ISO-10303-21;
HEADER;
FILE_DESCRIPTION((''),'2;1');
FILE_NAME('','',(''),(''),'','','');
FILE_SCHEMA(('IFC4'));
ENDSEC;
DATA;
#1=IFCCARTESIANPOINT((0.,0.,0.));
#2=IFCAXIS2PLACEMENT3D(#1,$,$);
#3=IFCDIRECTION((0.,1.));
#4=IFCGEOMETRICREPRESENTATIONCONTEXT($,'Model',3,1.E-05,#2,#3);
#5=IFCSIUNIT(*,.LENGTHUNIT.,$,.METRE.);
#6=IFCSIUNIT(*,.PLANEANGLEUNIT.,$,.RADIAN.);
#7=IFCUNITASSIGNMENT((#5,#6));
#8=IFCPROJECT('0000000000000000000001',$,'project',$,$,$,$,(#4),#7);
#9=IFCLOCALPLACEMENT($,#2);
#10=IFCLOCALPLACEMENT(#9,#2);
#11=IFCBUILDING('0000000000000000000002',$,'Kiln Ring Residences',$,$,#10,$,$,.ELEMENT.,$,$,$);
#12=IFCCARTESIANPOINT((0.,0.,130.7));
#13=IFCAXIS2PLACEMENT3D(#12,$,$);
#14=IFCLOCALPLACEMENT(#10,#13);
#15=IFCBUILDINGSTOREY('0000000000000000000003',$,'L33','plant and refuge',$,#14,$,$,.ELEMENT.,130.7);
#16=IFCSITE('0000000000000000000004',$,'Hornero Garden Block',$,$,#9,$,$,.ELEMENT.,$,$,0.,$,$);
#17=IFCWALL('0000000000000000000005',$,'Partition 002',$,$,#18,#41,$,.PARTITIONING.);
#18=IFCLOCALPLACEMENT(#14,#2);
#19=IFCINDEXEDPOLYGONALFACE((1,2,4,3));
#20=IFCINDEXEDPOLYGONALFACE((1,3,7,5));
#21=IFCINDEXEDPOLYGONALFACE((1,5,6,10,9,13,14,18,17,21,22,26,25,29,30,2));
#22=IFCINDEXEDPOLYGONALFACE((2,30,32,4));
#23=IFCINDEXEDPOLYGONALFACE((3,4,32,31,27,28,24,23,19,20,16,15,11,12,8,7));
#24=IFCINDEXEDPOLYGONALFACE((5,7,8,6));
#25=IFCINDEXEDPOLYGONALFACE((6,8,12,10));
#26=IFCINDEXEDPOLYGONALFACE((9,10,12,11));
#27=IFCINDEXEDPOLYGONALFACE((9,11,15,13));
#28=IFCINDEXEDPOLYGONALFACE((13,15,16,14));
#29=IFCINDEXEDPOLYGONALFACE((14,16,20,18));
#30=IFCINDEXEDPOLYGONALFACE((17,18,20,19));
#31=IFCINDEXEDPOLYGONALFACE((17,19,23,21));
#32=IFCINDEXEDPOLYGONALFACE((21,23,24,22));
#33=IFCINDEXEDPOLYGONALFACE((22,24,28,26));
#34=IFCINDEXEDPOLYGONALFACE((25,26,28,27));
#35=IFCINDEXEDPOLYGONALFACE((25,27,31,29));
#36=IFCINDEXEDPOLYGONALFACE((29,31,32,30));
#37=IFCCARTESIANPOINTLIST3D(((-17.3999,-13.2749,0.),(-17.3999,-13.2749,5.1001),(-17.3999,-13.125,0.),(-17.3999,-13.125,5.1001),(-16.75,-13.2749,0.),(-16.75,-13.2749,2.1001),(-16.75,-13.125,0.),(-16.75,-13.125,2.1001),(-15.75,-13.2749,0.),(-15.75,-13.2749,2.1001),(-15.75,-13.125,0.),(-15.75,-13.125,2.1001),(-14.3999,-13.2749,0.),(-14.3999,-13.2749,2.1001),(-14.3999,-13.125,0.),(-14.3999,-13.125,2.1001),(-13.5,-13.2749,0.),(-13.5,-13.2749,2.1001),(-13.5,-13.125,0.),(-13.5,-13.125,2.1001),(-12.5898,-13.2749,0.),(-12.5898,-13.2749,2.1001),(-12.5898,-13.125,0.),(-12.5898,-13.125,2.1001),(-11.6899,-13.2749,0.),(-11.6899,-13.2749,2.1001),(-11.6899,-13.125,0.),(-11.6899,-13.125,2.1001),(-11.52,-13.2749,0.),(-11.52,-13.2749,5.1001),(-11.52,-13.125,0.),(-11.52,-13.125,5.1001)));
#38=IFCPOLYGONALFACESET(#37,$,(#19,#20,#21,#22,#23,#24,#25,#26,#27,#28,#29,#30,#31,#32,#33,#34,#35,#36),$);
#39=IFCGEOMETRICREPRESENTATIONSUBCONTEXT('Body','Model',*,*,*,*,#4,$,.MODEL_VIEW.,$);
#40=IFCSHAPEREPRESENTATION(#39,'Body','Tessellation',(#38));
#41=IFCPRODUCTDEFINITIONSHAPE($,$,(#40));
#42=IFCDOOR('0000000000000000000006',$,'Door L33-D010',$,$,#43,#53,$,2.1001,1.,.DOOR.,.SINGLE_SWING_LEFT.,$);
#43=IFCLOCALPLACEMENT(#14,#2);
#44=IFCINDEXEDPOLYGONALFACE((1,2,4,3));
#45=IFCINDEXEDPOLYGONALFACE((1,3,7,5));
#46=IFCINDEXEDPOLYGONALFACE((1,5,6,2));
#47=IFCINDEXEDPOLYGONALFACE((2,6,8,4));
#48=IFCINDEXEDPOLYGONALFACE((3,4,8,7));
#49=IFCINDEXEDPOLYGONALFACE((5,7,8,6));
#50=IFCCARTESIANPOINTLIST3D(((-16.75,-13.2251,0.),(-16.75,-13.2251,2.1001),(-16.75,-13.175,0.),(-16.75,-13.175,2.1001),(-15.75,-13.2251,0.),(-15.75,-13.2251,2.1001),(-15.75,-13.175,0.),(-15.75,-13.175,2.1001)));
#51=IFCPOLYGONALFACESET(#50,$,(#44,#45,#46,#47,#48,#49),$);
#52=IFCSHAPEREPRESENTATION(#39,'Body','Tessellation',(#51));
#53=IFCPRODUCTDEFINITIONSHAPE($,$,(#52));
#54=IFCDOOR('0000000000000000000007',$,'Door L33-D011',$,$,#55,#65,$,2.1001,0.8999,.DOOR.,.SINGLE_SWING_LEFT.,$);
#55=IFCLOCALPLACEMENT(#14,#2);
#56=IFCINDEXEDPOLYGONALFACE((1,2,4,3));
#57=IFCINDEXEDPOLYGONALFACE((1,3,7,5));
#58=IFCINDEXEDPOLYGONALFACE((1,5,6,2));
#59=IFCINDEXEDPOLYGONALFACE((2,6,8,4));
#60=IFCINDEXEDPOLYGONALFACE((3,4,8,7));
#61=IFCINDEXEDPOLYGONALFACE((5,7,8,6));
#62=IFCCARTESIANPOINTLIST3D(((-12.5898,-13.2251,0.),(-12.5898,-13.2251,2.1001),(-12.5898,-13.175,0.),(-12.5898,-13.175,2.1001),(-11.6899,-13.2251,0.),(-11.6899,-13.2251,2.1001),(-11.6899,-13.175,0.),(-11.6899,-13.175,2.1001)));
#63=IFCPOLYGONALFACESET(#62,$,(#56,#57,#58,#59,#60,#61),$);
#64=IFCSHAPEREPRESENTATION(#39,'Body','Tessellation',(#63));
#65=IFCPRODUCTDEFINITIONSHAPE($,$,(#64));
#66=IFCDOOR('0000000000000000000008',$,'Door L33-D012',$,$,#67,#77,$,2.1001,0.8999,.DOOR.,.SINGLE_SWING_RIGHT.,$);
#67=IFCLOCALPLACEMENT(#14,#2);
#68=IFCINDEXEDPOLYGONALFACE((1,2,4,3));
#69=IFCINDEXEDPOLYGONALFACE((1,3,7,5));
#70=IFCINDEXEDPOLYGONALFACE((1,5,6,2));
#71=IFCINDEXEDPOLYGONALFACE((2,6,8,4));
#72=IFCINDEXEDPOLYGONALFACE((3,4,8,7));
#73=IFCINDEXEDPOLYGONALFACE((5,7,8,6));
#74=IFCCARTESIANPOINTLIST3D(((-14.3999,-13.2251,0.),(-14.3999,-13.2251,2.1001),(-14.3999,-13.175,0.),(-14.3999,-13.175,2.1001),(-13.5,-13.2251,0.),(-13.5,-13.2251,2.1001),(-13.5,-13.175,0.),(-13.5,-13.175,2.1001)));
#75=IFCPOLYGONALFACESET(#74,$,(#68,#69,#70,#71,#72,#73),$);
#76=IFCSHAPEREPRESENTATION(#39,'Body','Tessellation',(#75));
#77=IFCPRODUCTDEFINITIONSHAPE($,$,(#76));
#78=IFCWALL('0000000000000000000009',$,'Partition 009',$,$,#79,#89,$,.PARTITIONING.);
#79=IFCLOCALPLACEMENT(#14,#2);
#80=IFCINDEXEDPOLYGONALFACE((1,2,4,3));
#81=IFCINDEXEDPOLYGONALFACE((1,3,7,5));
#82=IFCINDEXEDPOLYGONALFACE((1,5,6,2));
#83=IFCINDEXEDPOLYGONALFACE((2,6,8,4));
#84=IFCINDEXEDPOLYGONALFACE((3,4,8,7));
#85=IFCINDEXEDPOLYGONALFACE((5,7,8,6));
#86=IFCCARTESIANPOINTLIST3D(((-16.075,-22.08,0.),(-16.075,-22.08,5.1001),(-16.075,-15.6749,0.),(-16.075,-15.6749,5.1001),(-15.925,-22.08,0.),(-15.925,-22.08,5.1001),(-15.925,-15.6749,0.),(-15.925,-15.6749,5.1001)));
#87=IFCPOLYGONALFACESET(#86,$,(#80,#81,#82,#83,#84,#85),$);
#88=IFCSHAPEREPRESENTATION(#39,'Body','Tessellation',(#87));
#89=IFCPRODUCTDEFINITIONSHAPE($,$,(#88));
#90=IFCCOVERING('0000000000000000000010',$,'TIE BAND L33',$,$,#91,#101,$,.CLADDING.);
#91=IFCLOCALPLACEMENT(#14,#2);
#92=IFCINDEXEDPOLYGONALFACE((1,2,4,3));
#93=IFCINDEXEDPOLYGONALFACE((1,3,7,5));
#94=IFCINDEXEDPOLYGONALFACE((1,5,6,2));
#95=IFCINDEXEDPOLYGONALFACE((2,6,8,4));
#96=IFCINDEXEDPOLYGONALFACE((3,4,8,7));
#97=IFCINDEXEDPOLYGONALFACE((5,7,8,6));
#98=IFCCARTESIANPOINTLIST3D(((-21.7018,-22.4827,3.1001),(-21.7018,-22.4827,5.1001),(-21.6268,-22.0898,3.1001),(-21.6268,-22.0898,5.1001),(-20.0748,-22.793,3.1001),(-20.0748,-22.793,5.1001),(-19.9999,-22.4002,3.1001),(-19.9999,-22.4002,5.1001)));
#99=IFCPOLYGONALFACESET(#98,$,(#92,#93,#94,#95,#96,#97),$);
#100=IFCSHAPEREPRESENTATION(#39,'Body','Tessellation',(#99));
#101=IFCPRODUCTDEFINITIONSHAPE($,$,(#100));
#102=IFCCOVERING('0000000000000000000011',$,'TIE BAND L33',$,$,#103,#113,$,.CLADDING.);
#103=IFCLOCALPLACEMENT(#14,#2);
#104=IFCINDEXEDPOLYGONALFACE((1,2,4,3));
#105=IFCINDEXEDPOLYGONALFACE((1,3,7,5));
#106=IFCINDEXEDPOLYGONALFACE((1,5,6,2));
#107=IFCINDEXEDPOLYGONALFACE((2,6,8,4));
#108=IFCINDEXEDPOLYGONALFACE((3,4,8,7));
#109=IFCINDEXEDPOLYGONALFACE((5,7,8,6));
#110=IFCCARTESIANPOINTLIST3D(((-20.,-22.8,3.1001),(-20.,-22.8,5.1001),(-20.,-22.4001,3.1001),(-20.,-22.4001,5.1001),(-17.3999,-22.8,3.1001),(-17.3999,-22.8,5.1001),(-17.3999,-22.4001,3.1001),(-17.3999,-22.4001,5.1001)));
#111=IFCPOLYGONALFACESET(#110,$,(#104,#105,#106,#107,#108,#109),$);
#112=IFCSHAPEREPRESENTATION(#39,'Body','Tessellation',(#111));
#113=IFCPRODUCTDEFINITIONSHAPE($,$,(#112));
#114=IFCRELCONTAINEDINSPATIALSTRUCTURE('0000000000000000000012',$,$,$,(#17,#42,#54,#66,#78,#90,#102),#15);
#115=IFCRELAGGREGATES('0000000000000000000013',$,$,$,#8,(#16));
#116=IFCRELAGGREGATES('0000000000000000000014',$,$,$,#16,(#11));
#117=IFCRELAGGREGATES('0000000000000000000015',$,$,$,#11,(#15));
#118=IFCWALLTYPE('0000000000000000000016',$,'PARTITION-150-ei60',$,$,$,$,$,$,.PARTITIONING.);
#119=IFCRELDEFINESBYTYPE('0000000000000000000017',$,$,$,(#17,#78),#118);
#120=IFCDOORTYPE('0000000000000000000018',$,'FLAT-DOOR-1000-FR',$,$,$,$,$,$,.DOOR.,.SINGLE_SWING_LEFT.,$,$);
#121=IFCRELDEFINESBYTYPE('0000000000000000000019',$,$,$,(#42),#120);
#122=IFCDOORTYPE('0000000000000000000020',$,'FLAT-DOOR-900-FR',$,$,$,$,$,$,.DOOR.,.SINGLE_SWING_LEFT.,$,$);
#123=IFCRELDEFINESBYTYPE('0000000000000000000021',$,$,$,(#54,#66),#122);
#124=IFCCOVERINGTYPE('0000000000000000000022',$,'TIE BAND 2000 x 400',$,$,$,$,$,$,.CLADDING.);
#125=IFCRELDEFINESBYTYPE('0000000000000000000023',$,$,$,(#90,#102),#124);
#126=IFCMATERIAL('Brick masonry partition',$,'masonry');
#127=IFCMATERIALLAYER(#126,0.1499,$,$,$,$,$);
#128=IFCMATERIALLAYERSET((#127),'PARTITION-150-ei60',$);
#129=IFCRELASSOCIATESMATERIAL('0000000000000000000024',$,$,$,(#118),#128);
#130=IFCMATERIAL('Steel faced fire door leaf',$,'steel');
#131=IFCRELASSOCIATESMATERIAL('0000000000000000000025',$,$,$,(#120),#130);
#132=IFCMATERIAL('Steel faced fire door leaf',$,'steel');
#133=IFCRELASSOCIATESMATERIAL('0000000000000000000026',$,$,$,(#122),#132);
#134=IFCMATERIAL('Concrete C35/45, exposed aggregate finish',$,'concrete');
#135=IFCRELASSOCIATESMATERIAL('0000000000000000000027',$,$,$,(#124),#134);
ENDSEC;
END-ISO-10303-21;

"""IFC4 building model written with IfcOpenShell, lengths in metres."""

from ifc_helpers import new_model, si_unit, direction, frame, frame_2d, origin, origin_2d, place, context, subcontext, project, spatial, rectangle, extrude, material, layer, layer_set, type_object, element, fill, save


model = new_model("IFC4")

# Units and contexts
model_context = context("Model", 3, precision=1e-05, world=origin(), true_north=direction((0.0, 1.0)))
body_context = subcontext(model_context, "Body", "Model", "MODEL_VIEW")
ifc_project = project(units=[si_unit("LENGTHUNIT", "METRE"), si_unit("PLANEANGLEUNIT", "RADIAN")], contexts=[model_context])

# Site, building, storey
site_placement = place(None, origin())
site = spatial("IfcSite", under=ifc_project, at=site_placement, Name="Hornero Garden Block", CompositionType="ELEMENT", RefElevation=0.0)
building_placement = place(site_placement, origin())
building = spatial("IfcBuilding", under=site, at=building_placement, Name="Kiln Ring Residences", CompositionType="ELEMENT")
storey_placement = place(building_placement, frame((0.0, 0.0, 130.7)))
storey = spatial("IfcBuildingStorey", under=building, at=storey_placement, Name="L33", Description="plant and refuge", CompositionType="ELEMENT", Elevation=130.7)

# Wall, openings, doors
ifc_material_1 = material(Name="Brick masonry partition", Category="masonry")
ifc_layer_1 = layer(ifc_material_1, 0.1499)
ifc_layer_set_1 = layer_set([ifc_layer_1], Name="PARTITION-150-ei60")
wall_type_1 = type_object("IfcWallType", Name="PARTITION-150-ei60", PredefinedType="PARTITIONING", material=ifc_layer_set_1)
wall_1_placement = place(storey_placement, frame((-17.3999, -13.2, 0.0), z_axis=(0.0, 0.0, 1.0), x_axis=(1.0, 0.0, 0.0)))
wall_1 = element("IfcWall", 1, at=wall_1_placement, inside=storey, type_object=wall_type_1, Name="Partition 002", PredefinedType="PARTITIONING", context=body_context, shape_type="SweptSolid", body=[
    extrude(rectangle(XDim=5.8799, YDim=0.1499, at=frame_2d((2.9399, 0.0))), origin(), (0.0, 0.0, 1.0), 5.1001),
])
opening_1_placement = place(wall_1_placement, frame((0.6499, 0.0, 0.0)))
opening_1 = element("IfcOpeningElement", 2, at=opening_1_placement, cuts=wall_1, PredefinedType="OPENING", context=body_context, shape_type="SweptSolid", body=[
    extrude(rectangle(XDim=1.0, YDim=2.1001, at=frame_2d((0.5, 1.05))), frame((0.0, 0.085, 0.0), z_axis=(0.0, -1.0, 0.0), x_axis=(1.0, 0.0, 0.0)), (0.0, 0.0, 1.0), 0.1699),
])
opening_2_placement = place(wall_1_placement, frame((4.8101, 0.0, 0.0)))
opening_2 = element("IfcOpeningElement", 3, at=opening_2_placement, cuts=wall_1, PredefinedType="OPENING", context=body_context, shape_type="SweptSolid", body=[
    extrude(rectangle(XDim=0.8999, YDim=2.1001, at=frame_2d((0.45, 1.05))), frame((0.0, 0.085, 0.0), z_axis=(0.0, -1.0, 0.0), x_axis=(1.0, 0.0, 0.0)), (0.0, 0.0, 1.0), 0.1699),
])
opening_3_placement = place(wall_1_placement, frame((3.0, 0.0, 0.0)))
opening_3 = element("IfcOpeningElement", 4, at=opening_3_placement, cuts=wall_1, PredefinedType="OPENING", context=body_context, shape_type="SweptSolid", body=[
    extrude(rectangle(XDim=0.8999, YDim=2.1001, at=frame_2d((0.45, 1.05))), frame((0.0, 0.085, 0.0), z_axis=(0.0, -1.0, 0.0), x_axis=(1.0, 0.0, 0.0)), (0.0, 0.0, 1.0), 0.1699),
])
ifc_material_2 = material(Name="Steel faced fire door leaf", Category="steel")
door_type_1 = type_object("IfcDoorType", Name="FLAT-DOOR-1000-FR", OperationType="SINGLE_SWING_LEFT", PredefinedType="DOOR", material=ifc_material_2)
door_1_placement = place(opening_1_placement, origin())
door_1 = element("IfcDoor", 5, at=door_1_placement, inside=storey, type_object=door_type_1, Name="Door L33-D010", OperationType="SINGLE_SWING_LEFT", OverallHeight=2.1001, OverallWidth=1.0, PredefinedType="DOOR", context=body_context, shape_type="SweptSolid", body=[
    extrude(rectangle(XDim=1.0, YDim=2.1001, at=frame_2d((0.5, 1.05))), frame((0.0, 0.0249, 0.0), z_axis=(0.0, -1.0, 0.0), x_axis=(1.0, 0.0, 0.0)), (0.0, 0.0, 1.0), 0.05),
])
fill(opening_1, door_1)
ifc_material_3 = material(Name="Steel faced fire door leaf", Category="steel")
door_type_2 = type_object("IfcDoorType", Name="FLAT-DOOR-900-FR", OperationType="SINGLE_SWING_LEFT", PredefinedType="DOOR", material=ifc_material_3)
door_2_placement = place(opening_2_placement, origin())
door_2 = element("IfcDoor", 6, at=door_2_placement, inside=storey, type_object=door_type_2, Name="Door L33-D011", OperationType="SINGLE_SWING_LEFT", OverallHeight=2.1001, OverallWidth=0.8999, PredefinedType="DOOR", context=body_context, shape_type="SweptSolid", body=[
    extrude(rectangle(XDim=0.8999, YDim=2.1001, at=frame_2d((0.45, 1.05))), frame((0.0, 0.0249, 0.0), z_axis=(0.0, -1.0, 0.0), x_axis=(1.0, 0.0, 0.0)), (0.0, 0.0, 1.0), 0.05),
])
fill(opening_2, door_2)
door_3_placement = place(opening_3_placement, origin())
door_3 = element("IfcDoor", 7, at=door_3_placement, inside=storey, type_object=door_type_2, Name="Door L33-D012", OperationType="SINGLE_SWING_RIGHT", OverallHeight=2.1001, OverallWidth=0.8999, PredefinedType="DOOR", context=body_context, shape_type="SweptSolid", body=[
    extrude(rectangle(XDim=0.8999, YDim=2.1001, at=frame_2d((0.45, 1.05))), frame((0.0, 0.0249, 0.0), z_axis=(0.0, -1.0, 0.0), x_axis=(1.0, 0.0, 0.0)), (0.0, 0.0, 1.0), 0.05),
])
fill(opening_3, door_3)

# Wall
wall_2_placement = place(storey_placement, frame((-16.0, -22.0801, 0.0), z_axis=(0.0, 0.0, 1.0), x_axis=(0.0, 1.0, 0.0)))
element("IfcWall", 8, at=wall_2_placement, inside=storey, type_object=wall_type_1, Name="Partition 009", PredefinedType="PARTITIONING", context=body_context, shape_type="SweptSolid", body=[
    extrude(rectangle(XDim=6.405, YDim=0.1499, at=frame_2d((3.2026, 0.0))), origin(), (0.0, 0.0, 1.0), 5.1001),
])

# Coverings
ifc_material_4 = material(Name="Concrete C35/45, exposed aggregate finish", Category="concrete")
covering_type = type_object("IfcCoveringType", Name="TIE BAND 2000 x 400", PredefinedType="CLADDING", material=ifc_material_4)
covering_1_placement = place(storey_placement, frame((-20.8508, -22.4414, 3.1001), z_axis=(0.0, 0.0, 1.0), x_axis=(0.98229, -0.187366, 0.0)))
element("IfcCovering", 9, at=covering_1_placement, inside=storey, type_object=covering_type, Name="TIE BAND L33", PredefinedType="CLADDING", context=body_context, shape_type="SweptSolid", body=[
    extrude(rectangle(XDim=1.6562, YDim=0.3999, at=origin_2d()), origin(), (0.0, 0.0, 1.0), 2.0),
])
covering_2_placement = place(storey_placement, frame((-18.7, -22.6001, 3.1001), z_axis=(0.0, 0.0, 1.0), x_axis=(1.0, 0.0, 0.0)))
element("IfcCovering", 10, at=covering_2_placement, inside=storey, type_object=covering_type, Name="TIE BAND L33", PredefinedType="CLADDING", context=body_context, shape_type="SweptSolid", body=[
    extrude(rectangle(XDim=2.6001, YDim=0.3999, at=origin_2d()), origin(), (0.0, 0.0, 1.0), 2.0),
])

save(model, "model.ifc")
